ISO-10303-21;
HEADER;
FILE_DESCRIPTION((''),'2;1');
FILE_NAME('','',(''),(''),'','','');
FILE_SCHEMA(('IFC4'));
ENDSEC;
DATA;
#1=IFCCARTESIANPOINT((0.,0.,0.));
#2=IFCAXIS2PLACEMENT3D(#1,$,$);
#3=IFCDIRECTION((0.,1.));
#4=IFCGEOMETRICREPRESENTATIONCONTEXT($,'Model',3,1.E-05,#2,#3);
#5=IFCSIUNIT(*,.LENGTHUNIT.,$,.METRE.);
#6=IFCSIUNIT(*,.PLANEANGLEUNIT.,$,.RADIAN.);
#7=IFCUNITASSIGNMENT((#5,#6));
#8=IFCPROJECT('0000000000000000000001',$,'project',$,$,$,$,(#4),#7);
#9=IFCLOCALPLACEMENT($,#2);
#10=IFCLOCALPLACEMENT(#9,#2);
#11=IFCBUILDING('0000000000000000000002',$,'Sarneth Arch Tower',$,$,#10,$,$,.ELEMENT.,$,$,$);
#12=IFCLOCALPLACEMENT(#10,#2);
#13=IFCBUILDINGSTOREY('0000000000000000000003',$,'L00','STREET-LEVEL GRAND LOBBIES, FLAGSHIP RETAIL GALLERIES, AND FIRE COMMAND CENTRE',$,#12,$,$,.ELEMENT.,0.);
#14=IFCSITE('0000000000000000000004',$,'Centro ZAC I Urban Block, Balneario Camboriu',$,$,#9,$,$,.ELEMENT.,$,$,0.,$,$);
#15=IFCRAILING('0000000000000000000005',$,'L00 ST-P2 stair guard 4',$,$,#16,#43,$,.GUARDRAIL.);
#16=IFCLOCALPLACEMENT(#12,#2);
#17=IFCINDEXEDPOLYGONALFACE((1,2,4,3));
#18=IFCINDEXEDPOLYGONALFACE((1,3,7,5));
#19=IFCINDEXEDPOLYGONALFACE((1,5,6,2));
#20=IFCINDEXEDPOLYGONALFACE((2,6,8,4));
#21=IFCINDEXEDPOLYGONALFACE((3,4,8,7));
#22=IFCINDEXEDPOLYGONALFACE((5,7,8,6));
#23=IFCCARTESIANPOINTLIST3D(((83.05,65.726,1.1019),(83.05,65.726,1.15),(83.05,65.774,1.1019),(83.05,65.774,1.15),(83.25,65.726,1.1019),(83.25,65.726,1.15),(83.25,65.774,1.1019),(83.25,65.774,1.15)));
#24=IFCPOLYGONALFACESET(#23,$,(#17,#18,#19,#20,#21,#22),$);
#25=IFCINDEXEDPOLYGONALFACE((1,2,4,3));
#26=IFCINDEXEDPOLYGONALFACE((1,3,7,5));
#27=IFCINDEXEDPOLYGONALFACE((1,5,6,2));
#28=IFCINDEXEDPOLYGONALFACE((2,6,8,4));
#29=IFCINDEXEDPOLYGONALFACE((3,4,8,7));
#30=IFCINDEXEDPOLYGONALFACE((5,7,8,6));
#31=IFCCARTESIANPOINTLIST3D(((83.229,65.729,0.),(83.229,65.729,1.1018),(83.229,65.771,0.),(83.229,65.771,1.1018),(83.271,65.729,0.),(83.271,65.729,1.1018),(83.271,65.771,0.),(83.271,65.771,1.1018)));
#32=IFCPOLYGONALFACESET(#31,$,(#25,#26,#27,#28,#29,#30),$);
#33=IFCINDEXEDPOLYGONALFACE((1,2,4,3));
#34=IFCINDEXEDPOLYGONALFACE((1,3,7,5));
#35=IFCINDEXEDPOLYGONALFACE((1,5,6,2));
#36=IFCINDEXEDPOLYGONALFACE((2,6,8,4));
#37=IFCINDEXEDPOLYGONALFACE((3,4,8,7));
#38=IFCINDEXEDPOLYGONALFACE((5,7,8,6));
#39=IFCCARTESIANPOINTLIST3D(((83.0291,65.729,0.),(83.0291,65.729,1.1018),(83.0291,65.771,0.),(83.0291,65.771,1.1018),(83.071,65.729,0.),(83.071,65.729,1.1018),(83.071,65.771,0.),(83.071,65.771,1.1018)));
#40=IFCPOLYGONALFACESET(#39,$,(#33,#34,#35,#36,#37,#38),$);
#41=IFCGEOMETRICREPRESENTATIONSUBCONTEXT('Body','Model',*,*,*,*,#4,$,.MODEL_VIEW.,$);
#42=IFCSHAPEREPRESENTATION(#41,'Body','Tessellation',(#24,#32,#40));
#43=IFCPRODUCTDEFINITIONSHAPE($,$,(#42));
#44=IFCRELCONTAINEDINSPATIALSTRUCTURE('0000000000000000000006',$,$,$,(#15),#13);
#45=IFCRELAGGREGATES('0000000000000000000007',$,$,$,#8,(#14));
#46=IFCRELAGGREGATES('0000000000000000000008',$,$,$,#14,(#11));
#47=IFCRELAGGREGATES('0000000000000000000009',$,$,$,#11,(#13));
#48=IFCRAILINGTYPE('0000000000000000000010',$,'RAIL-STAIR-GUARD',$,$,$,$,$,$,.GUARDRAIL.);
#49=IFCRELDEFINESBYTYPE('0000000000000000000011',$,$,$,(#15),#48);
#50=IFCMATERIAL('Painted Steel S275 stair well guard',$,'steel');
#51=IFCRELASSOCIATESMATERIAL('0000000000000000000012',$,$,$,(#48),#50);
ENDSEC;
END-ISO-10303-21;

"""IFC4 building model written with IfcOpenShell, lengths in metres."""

from ifc_helpers import new_model, si_unit, direction, frame, origin, origin_2d, place, context, subcontext, project, spatial, rectangle, extrude, material, type_object, element, save


model = new_model("IFC4")

# Units and contexts
model_context = context("Model", 3, precision=1e-05, world=origin(), true_north=direction((0.0, 1.0)))
body_context = subcontext(model_context, "Body", "Model", "MODEL_VIEW")
ifc_project = project(units=[si_unit("LENGTHUNIT", "METRE"), si_unit("PLANEANGLEUNIT", "RADIAN")], contexts=[model_context])

# Site, building, storey
site_placement = place(None, origin())
site = spatial("IfcSite", under=ifc_project, at=site_placement, Name="Centro ZAC I Urban Block, Balneario Camboriu", CompositionType="ELEMENT", RefElevation=0.0)
building_placement = place(site_placement, origin())
building = spatial("IfcBuilding", under=site, at=building_placement, Name="Sarneth Arch Tower", CompositionType="ELEMENT")
storey_placement = place(building_placement, origin())
storey = spatial("IfcBuildingStorey", under=building, at=storey_placement, Name="L00", Description="STREET-LEVEL GRAND LOBBIES, FLAGSHIP RETAIL GALLERIES, AND FIRE COMMAND CENTRE", CompositionType="ELEMENT", Elevation=0.0)

# Railing
ifc_material_1 = material(Name="Painted Steel S275 stair well guard", Category="steel")
railing_type_1 = type_object("IfcRailingType", Name="RAIL-STAIR-GUARD", PredefinedType="GUARDRAIL", material=ifc_material_1)
railing_1_placement = place(storey_placement, frame((83.25, 65.75, 0.0)))
element("IfcRailing", 1, at=railing_1_placement, inside=storey, type_object=railing_type_1, Name="L00 ST-P2 stair guard 4", PredefinedType="GUARDRAIL", context=body_context, shape_type="SweptSolid", body=[
    extrude(rectangle(XDim=0.0481, YDim=0.0481, at=origin_2d()), frame((0.0, 0.0, 1.126), z_axis=(-1.0, 0.0, 0.0), x_axis=(0.0, -1.0, 0.0)), (0.0, 0.0, 1.0), 0.2),
    extrude(rectangle(XDim=0.042, YDim=0.042, at=origin_2d()), origin(), (0.0, 0.0, 1.0), 1.1018),
    extrude(rectangle(XDim=0.042, YDim=0.042, at=origin_2d()), frame((-0.2, 0.0, 0.0)), (0.0, 0.0, 1.0), 1.1018),
])

save(model, "model.ifc")
